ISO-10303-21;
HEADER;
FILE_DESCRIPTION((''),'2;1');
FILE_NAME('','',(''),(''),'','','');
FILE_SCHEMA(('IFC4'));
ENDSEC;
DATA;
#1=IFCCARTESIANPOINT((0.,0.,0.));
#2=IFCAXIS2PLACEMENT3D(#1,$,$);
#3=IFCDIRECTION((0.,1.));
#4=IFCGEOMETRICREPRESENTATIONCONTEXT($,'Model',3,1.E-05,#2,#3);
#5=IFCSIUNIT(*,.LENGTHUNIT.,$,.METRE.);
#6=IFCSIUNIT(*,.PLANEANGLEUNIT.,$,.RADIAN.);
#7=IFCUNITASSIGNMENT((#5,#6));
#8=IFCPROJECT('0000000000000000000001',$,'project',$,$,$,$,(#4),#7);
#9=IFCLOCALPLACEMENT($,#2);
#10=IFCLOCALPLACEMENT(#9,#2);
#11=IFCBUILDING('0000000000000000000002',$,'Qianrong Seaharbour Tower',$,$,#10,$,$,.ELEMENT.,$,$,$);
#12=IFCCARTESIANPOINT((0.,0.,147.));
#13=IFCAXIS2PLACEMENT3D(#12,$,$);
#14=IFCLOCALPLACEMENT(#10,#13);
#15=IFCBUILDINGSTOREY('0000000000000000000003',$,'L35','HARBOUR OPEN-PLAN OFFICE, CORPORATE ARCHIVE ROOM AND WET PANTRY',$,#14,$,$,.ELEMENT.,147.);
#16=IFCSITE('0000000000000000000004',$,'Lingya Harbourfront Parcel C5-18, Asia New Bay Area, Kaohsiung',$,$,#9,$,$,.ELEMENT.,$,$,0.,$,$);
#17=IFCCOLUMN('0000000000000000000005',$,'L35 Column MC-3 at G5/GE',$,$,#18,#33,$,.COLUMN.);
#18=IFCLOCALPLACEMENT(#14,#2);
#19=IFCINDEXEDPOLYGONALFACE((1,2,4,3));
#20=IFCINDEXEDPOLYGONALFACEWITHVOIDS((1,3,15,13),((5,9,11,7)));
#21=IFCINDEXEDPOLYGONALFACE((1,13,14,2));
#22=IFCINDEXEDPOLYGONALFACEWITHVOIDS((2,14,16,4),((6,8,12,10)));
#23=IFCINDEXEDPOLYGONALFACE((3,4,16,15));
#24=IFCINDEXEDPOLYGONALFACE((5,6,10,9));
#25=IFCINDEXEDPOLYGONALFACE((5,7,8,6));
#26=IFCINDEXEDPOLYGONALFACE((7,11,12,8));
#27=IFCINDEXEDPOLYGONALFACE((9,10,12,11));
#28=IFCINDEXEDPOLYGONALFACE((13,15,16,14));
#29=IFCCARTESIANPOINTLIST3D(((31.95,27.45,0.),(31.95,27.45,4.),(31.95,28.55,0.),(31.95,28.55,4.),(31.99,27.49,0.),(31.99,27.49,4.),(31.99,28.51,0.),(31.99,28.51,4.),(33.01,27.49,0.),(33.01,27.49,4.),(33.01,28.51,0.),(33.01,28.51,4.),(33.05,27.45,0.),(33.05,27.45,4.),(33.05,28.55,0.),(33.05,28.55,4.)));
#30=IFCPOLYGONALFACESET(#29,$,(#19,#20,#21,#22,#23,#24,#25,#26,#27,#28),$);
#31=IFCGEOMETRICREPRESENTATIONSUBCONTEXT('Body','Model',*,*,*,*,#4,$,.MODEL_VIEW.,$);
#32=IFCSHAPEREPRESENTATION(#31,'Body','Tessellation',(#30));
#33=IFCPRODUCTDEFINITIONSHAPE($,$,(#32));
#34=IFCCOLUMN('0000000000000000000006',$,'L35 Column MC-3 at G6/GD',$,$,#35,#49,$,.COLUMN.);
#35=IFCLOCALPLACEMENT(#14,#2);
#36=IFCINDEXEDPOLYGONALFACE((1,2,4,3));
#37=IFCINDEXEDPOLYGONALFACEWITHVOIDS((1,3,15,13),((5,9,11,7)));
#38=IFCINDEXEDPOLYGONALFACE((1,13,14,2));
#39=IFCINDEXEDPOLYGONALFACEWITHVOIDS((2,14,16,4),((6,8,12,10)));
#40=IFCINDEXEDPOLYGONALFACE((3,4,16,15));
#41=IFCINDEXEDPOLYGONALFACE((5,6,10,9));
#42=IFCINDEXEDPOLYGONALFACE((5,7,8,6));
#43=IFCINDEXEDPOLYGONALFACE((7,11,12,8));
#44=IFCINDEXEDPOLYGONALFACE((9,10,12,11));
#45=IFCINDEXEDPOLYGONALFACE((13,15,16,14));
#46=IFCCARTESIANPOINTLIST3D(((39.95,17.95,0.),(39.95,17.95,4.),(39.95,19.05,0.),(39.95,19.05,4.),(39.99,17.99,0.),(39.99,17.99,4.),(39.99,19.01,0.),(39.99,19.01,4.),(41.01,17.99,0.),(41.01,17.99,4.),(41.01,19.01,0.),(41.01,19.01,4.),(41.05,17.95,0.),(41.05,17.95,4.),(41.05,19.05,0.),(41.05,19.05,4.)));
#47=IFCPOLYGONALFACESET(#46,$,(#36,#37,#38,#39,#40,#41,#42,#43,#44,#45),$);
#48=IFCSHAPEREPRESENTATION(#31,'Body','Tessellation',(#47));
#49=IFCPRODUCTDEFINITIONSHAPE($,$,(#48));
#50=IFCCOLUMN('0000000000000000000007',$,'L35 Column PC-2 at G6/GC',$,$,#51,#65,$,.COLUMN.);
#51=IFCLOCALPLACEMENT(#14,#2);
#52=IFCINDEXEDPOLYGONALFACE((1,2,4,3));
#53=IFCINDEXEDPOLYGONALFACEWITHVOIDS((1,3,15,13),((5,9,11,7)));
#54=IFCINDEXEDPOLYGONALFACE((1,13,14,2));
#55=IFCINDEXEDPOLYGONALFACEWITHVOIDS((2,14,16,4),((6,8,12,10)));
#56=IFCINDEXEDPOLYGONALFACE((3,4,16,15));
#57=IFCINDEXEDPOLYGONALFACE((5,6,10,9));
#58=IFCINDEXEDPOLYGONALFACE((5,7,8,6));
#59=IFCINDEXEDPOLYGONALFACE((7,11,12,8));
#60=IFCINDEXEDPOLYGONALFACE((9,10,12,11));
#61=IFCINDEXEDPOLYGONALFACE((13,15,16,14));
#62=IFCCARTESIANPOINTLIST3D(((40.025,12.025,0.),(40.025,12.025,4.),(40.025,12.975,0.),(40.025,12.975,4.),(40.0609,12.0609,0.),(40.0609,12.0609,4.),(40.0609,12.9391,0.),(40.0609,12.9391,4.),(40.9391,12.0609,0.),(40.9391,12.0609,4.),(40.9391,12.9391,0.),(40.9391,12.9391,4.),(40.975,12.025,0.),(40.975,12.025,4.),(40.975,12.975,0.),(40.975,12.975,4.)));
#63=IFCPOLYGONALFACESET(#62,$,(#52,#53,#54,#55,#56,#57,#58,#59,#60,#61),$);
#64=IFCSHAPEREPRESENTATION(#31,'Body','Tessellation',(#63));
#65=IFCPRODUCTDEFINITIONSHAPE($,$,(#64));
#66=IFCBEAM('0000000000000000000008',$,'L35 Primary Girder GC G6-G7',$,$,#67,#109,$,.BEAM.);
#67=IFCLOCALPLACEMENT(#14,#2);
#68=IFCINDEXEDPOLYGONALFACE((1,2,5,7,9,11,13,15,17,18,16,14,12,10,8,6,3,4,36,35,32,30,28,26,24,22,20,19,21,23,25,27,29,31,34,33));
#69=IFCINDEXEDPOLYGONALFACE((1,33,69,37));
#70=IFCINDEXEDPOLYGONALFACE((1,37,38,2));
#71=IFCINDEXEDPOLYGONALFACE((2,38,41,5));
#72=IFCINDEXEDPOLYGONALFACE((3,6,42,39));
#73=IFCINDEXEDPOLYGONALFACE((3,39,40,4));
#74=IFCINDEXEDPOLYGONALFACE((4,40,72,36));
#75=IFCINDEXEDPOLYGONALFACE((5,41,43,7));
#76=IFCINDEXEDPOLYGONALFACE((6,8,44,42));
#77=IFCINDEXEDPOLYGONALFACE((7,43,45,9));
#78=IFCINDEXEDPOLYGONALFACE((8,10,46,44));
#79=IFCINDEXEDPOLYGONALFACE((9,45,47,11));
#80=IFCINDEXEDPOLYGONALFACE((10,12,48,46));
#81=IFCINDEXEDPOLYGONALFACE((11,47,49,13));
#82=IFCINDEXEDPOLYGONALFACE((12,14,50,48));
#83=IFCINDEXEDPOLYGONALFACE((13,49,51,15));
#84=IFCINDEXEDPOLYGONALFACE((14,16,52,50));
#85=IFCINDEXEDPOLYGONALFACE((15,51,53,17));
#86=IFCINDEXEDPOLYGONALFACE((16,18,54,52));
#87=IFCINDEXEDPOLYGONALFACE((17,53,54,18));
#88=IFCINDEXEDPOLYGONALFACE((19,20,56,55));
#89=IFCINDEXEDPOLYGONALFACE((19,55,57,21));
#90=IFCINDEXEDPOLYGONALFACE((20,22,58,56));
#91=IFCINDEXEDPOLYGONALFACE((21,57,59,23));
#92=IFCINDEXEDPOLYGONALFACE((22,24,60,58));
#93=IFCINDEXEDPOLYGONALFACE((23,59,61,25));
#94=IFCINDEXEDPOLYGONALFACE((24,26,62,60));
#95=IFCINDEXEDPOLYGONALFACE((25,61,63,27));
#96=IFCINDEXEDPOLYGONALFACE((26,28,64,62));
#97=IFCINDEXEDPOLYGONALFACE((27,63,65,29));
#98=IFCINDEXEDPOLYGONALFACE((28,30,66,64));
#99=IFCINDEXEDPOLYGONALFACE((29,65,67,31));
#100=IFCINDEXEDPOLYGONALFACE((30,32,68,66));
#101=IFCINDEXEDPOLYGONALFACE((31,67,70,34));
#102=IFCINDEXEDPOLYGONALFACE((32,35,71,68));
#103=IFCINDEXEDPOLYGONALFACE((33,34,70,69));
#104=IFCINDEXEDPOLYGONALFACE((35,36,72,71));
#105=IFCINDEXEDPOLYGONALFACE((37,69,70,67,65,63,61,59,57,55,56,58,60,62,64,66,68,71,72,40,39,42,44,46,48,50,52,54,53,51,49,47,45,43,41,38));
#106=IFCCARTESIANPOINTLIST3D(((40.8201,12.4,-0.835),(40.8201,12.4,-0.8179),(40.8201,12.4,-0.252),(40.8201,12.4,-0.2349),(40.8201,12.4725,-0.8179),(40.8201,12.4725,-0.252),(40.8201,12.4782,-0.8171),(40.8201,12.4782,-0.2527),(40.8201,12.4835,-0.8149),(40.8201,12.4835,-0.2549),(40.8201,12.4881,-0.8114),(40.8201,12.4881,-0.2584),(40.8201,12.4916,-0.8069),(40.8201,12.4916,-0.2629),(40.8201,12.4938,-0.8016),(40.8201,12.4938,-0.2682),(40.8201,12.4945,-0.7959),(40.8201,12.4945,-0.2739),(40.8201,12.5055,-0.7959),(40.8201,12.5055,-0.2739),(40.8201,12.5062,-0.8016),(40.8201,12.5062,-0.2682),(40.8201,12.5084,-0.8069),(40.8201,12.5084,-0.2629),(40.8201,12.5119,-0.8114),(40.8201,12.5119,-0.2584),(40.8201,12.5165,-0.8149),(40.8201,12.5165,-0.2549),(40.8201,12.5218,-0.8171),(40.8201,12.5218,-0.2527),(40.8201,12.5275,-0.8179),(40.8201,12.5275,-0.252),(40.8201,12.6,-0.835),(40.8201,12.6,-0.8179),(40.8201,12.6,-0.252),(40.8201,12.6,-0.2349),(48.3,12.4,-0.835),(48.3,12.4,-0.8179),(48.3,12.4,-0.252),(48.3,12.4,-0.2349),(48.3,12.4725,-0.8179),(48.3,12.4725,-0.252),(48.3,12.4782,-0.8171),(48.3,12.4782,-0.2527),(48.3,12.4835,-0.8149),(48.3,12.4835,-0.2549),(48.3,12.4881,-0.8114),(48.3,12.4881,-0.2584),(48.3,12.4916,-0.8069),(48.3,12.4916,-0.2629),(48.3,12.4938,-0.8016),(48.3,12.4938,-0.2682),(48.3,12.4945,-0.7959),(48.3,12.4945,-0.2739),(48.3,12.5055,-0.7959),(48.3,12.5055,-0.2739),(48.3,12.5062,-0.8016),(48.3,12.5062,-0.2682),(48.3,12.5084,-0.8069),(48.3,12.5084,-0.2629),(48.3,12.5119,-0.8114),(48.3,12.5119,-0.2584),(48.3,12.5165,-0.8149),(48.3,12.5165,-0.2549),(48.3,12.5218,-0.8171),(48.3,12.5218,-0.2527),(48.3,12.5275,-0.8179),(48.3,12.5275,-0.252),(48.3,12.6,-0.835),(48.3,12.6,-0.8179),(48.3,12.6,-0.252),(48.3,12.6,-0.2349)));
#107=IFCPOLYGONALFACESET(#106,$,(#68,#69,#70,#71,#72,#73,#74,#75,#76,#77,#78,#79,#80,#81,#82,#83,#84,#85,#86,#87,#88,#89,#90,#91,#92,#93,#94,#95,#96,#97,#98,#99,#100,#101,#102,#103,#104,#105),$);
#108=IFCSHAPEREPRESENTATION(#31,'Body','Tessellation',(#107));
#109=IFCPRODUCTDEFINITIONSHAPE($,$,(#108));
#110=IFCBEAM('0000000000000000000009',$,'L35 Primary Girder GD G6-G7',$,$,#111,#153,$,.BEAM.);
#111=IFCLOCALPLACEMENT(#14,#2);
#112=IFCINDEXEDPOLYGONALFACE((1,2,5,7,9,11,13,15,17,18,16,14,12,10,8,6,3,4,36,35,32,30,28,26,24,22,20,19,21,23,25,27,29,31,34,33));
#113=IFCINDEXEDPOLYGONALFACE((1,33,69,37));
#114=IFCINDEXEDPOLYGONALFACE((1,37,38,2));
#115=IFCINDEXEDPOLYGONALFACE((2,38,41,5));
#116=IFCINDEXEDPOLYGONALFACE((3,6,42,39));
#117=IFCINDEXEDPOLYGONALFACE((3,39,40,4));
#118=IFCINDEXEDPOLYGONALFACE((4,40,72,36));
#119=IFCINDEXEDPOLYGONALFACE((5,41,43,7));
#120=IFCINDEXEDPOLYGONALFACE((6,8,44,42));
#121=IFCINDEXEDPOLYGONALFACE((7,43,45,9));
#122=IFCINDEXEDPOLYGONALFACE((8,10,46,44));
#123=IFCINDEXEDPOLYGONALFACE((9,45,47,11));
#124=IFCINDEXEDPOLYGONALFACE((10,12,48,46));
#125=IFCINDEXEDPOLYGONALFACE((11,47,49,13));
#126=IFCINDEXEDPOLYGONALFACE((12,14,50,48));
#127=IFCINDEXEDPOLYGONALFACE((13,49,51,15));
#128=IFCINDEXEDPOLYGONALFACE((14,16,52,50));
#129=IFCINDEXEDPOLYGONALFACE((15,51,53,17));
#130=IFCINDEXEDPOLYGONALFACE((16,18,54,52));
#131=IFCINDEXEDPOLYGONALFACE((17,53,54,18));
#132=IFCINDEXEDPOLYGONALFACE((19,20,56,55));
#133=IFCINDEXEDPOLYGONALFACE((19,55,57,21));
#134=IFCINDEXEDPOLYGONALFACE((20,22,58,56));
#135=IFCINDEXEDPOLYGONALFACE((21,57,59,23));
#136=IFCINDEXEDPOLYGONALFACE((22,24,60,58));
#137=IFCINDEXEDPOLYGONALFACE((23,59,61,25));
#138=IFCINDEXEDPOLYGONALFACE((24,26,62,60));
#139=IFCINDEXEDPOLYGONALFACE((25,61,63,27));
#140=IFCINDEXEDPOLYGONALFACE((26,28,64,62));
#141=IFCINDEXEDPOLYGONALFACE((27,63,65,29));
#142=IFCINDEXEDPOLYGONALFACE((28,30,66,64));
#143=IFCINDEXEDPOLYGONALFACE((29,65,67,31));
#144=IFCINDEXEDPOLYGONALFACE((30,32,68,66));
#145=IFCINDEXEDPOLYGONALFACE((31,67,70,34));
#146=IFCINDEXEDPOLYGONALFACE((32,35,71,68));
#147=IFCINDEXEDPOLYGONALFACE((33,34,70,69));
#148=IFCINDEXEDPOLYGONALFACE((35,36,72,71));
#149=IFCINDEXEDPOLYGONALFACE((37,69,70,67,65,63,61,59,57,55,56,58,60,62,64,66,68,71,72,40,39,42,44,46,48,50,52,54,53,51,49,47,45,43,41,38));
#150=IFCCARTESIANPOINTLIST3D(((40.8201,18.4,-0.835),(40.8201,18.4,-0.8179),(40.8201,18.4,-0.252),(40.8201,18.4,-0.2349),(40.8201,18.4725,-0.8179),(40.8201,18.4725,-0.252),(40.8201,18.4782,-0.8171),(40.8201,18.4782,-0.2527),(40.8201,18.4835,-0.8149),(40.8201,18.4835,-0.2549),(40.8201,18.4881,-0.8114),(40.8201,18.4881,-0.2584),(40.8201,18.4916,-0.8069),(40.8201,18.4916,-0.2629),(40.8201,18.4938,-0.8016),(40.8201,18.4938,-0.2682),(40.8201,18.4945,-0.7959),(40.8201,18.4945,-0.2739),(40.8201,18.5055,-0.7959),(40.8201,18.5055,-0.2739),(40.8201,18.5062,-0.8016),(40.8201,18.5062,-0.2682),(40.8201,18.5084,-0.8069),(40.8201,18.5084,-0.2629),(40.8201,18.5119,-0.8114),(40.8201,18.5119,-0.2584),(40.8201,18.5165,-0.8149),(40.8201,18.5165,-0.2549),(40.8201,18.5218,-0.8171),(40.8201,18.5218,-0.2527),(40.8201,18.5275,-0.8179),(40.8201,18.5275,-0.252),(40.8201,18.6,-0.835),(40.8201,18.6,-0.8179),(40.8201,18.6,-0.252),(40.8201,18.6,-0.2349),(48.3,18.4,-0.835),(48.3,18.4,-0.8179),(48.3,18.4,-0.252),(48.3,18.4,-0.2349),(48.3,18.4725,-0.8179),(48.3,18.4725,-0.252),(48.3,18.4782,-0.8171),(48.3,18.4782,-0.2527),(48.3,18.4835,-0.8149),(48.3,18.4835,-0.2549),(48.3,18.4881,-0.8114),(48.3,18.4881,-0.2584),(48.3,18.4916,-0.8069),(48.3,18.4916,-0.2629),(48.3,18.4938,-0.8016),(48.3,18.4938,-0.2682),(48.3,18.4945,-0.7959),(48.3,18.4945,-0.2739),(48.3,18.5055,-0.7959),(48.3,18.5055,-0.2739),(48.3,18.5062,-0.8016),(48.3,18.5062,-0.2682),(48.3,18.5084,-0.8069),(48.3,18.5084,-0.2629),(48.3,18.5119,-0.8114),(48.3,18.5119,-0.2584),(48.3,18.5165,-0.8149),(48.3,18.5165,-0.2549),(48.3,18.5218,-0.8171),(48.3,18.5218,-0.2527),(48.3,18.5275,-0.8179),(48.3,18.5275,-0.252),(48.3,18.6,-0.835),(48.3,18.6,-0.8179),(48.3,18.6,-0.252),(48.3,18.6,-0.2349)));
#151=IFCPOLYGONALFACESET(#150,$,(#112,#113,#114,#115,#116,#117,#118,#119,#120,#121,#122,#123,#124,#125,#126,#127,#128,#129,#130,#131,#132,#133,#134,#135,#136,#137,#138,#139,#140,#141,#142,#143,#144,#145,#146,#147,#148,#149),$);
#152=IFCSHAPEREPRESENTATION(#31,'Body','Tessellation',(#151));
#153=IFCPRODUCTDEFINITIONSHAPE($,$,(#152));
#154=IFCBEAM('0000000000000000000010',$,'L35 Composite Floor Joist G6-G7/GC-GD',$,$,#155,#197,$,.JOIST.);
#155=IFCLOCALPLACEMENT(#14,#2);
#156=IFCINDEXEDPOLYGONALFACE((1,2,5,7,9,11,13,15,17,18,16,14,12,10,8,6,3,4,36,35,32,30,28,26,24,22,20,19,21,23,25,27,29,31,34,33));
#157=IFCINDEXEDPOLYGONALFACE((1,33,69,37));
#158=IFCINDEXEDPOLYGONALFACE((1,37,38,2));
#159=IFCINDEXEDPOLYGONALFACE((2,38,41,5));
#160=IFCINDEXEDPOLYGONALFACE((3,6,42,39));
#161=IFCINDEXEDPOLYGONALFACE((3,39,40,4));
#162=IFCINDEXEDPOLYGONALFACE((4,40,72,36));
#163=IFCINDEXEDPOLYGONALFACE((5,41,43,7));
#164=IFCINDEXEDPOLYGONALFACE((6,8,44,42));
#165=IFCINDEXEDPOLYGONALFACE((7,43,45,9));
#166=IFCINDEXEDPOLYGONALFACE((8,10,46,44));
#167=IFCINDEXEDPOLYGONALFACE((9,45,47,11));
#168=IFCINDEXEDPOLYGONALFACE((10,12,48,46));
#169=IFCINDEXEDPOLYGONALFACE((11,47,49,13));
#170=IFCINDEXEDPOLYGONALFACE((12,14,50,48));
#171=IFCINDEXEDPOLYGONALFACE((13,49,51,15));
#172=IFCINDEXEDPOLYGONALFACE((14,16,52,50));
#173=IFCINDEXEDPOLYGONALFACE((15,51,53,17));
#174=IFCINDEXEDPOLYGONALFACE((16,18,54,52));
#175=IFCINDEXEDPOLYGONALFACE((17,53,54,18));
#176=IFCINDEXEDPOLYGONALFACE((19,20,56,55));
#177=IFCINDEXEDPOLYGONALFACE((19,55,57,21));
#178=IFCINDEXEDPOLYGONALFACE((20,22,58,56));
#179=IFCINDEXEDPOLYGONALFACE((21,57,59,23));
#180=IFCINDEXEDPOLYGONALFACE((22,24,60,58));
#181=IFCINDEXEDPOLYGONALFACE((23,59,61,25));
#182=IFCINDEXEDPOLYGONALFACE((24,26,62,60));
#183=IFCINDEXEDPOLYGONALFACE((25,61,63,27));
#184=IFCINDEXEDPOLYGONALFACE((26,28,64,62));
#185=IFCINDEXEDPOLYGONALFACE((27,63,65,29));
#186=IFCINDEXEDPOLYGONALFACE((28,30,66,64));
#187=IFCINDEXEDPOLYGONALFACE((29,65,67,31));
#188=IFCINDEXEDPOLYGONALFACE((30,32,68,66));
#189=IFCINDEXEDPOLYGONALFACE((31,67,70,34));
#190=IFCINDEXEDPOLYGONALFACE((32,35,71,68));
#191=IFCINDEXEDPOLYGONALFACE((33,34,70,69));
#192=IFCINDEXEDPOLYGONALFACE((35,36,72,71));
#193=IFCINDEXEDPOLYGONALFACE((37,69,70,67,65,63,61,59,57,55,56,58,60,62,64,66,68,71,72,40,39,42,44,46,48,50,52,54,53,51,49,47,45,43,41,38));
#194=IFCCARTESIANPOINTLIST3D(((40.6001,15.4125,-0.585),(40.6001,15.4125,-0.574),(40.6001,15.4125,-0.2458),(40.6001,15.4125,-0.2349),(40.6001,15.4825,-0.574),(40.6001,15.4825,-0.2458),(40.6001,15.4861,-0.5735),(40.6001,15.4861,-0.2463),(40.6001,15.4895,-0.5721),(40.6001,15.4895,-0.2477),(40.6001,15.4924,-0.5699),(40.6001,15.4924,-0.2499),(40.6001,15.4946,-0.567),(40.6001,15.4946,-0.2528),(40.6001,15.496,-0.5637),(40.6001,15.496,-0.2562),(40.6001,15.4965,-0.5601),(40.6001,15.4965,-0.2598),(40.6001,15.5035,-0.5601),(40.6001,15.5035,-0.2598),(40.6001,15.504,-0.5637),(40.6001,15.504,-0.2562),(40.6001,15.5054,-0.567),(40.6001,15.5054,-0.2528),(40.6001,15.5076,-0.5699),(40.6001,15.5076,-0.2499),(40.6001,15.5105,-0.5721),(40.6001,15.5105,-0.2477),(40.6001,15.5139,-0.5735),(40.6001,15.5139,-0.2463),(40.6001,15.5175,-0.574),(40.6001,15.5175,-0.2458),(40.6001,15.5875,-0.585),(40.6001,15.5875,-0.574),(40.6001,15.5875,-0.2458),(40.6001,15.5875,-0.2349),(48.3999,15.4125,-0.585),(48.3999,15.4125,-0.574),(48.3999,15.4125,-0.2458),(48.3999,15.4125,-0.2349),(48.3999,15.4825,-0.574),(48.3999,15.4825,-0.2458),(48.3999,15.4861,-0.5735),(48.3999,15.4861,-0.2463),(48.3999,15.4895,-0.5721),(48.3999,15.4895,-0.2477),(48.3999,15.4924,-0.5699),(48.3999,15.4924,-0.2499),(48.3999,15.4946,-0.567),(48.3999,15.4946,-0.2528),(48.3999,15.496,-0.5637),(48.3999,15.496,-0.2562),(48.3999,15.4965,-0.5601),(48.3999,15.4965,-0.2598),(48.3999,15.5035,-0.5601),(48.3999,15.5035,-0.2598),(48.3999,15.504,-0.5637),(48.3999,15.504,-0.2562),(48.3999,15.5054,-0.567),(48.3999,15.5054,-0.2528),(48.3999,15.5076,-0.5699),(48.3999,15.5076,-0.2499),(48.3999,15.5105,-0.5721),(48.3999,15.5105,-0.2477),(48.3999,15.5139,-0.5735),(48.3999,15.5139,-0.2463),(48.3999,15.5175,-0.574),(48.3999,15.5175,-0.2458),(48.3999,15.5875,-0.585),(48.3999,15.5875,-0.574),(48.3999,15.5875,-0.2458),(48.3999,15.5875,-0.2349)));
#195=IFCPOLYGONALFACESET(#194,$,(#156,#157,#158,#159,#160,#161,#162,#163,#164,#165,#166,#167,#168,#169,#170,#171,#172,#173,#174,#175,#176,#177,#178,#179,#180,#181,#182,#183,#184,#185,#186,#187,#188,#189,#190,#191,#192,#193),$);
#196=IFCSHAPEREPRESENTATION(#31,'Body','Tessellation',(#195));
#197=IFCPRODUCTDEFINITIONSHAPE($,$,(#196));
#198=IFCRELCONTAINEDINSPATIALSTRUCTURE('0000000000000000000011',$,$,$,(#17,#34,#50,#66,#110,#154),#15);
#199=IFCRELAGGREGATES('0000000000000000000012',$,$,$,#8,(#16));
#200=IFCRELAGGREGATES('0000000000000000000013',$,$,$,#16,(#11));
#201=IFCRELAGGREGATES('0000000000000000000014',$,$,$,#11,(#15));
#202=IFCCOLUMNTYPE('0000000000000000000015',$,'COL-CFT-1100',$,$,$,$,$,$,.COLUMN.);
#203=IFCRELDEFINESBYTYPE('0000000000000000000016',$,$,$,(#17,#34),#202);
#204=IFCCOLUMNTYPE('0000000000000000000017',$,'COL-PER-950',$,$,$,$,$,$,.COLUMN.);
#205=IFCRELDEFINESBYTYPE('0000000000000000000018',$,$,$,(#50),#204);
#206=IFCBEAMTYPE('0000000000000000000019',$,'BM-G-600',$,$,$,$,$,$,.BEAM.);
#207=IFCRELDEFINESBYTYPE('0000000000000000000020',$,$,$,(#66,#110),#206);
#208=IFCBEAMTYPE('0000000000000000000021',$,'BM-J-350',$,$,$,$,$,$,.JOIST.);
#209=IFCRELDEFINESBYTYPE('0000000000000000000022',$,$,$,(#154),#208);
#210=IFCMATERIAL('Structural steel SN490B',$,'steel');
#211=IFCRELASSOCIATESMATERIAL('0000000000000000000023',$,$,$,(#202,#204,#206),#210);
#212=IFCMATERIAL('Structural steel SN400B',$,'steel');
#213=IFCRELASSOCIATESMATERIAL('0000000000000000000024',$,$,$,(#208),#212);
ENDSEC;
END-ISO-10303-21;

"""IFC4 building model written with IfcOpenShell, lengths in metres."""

from ifc_helpers import new_model, si_unit, direction, frame, origin, origin_2d, place, context, subcontext, project, spatial, hollow_rectangle, i_section, extrude, material, material_profile, profile_set, type_object, element, save


model = new_model("IFC4")

# Units and contexts
model_context = context("Model", 3, precision=1e-05, world=origin(), true_north=direction((0.0, 1.0)))
body_context = subcontext(model_context, "Body", "Model", "MODEL_VIEW")
ifc_project = project(units=[si_unit("LENGTHUNIT", "METRE"), si_unit("PLANEANGLEUNIT", "RADIAN")], contexts=[model_context])

# Site, building, storey
site_placement = place(None, origin())
site = spatial("IfcSite", under=ifc_project, at=site_placement, Name="Lingya Harbourfront Parcel C5-18, Asia New Bay Area, Kaohsiung", CompositionType="ELEMENT", RefElevation=0.0)
building_placement = place(site_placement, origin())
building = spatial("IfcBuilding", under=site, at=building_placement, Name="Qianrong Seaharbour Tower", CompositionType="ELEMENT")
storey_placement = place(building_placement, frame((0.0, 0.0, 147.0)))
storey = spatial("IfcBuildingStorey", under=building, at=storey_placement, Name="L35", Description="HARBOUR OPEN-PLAN OFFICE, CORPORATE ARCHIVE ROOM AND WET PANTRY", CompositionType="ELEMENT", Elevation=147.0)

# Columns
ifc_material_1 = material(Name="Structural steel SN490B", Category="steel")
ifc_material_profile_1 = material_profile(ifc_material_1, hollow_rectangle(XDim=1.1001, YDim=1.1001, WallThickness=0.04, at=origin_2d()), Name="BOX1100x1100x40")
ifc_profile_set_1 = profile_set([ifc_material_profile_1], Name="Structural steel SN490B")
column_type_1 = type_object("IfcColumnType", Name="COL-CFT-1100", PredefinedType="COLUMN", material=ifc_profile_set_1)
for number, where, z_axis, x_axis, name in (
    (1, (32.5, 28.0, 0.0), (0.0, 0.0, 1.0), (1.0, 0.0, 0.0), "L35 Column MC-3 at G5/GE"),
    (2, (40.5, 18.5, 0.0), (0.0, 0.0, 1.0), (1.0, 0.0, 0.0), "L35 Column MC-3 at G6/GD"),
):
    element("IfcColumn", number, at=place(storey_placement, frame(where, z_axis=z_axis, x_axis=x_axis)), inside=storey, type_object=column_type_1, Name=name, PredefinedType="COLUMN", context=body_context, shape_type="SweptSolid", body=[
        extrude(hollow_rectangle(XDim=1.1001, YDim=1.1001, WallThickness=0.04, at=origin_2d()), origin(), (0.0, 0.0, 1.0), 4.0),
    ])
ifc_material_profile_2 = material_profile(ifc_material_1, hollow_rectangle(XDim=0.95, YDim=0.95, WallThickness=0.0359, at=origin_2d()), Name="BOX950x950x36")
ifc_profile_set_2 = profile_set([ifc_material_profile_2], Name="Structural steel SN490B")
column_type_2 = type_object("IfcColumnType", Name="COL-PER-950", PredefinedType="COLUMN", material=ifc_profile_set_2)
column_placement = place(storey_placement, frame((40.5, 12.5, 0.0), z_axis=(0.0, 0.0, 1.0), x_axis=(1.0, 0.0, 0.0)))
element("IfcColumn", 3, at=column_placement, inside=storey, type_object=column_type_2, Name="L35 Column PC-2 at G6/GC", PredefinedType="COLUMN", context=body_context, shape_type="SweptSolid", body=[
    extrude(hollow_rectangle(XDim=0.95, YDim=0.95, WallThickness=0.0359, at=origin_2d()), origin(), (0.0, 0.0, 1.0), 4.0),
])

# Beams
ifc_material_profile_3 = material_profile(ifc_material_1, i_section(OverallWidth=0.2, OverallDepth=0.6001, WebThickness=0.011, FlangeThickness=0.0171, FilletRadius=0.022, at=origin_2d()), Name="H600x200x11x17")
ifc_profile_set_3 = profile_set([ifc_material_profile_3], Name="Structural steel SN490B")
beam_type_1 = type_object("IfcBeamType", Name="BM-G-600", PredefinedType="BEAM", material=ifc_profile_set_3)
for number, where, z_axis, x_axis, name in (
    (4, (40.8201, 12.5, -0.5349), (1.0, 0.0, 0.0), (0.0, 1.0, 0.0), "L35 Primary Girder GC G6-G7"),
    (5, (40.8201, 18.5, -0.5349), (1.0, 0.0, 0.0), (0.0, 1.0, 0.0), "L35 Primary Girder GD G6-G7"),
):
    element("IfcBeam", number, at=place(storey_placement, frame(where, z_axis=z_axis, x_axis=x_axis)), inside=storey, type_object=beam_type_1, Name=name, PredefinedType="BEAM", context=body_context, shape_type="SweptSolid", body=[
        extrude(i_section(OverallWidth=0.2, OverallDepth=0.6001, WebThickness=0.011, FlangeThickness=0.0171, FilletRadius=0.022, at=origin_2d()), origin(), (0.0, 0.0, 1.0), 7.48),
    ])
ifc_material_2 = material(Name="Structural steel SN400B", Category="steel")
ifc_material_profile_4 = material_profile(ifc_material_2, i_section(OverallWidth=0.175, OverallDepth=0.3501, WebThickness=0.0071, FlangeThickness=0.011, FilletRadius=0.0139, at=origin_2d()), Name="H350x175x7x11")
ifc_profile_set_4 = profile_set([ifc_material_profile_4], Name="Structural steel SN400B")
beam_type_2 = type_object("IfcBeamType", Name="BM-J-350", PredefinedType="JOIST", material=ifc_profile_set_4)
beam_1_placement = place(storey_placement, frame((40.6001, 15.5, -0.4099), z_axis=(1.0, 0.0, 0.0), x_axis=(0.0, 1.0, 0.0)))
element("IfcBeam", 6, at=beam_1_placement, inside=storey, type_object=beam_type_2, Name="L35 Composite Floor Joist G6-G7/GC-GD", PredefinedType="JOIST", context=body_context, shape_type="SweptSolid", body=[
    extrude(i_section(OverallWidth=0.175, OverallDepth=0.3501, WebThickness=0.0071, FlangeThickness=0.011, FilletRadius=0.0139, at=origin_2d()), origin(), (0.0, 0.0, 1.0), 7.7998),
])

save(model, "model.ifc")
